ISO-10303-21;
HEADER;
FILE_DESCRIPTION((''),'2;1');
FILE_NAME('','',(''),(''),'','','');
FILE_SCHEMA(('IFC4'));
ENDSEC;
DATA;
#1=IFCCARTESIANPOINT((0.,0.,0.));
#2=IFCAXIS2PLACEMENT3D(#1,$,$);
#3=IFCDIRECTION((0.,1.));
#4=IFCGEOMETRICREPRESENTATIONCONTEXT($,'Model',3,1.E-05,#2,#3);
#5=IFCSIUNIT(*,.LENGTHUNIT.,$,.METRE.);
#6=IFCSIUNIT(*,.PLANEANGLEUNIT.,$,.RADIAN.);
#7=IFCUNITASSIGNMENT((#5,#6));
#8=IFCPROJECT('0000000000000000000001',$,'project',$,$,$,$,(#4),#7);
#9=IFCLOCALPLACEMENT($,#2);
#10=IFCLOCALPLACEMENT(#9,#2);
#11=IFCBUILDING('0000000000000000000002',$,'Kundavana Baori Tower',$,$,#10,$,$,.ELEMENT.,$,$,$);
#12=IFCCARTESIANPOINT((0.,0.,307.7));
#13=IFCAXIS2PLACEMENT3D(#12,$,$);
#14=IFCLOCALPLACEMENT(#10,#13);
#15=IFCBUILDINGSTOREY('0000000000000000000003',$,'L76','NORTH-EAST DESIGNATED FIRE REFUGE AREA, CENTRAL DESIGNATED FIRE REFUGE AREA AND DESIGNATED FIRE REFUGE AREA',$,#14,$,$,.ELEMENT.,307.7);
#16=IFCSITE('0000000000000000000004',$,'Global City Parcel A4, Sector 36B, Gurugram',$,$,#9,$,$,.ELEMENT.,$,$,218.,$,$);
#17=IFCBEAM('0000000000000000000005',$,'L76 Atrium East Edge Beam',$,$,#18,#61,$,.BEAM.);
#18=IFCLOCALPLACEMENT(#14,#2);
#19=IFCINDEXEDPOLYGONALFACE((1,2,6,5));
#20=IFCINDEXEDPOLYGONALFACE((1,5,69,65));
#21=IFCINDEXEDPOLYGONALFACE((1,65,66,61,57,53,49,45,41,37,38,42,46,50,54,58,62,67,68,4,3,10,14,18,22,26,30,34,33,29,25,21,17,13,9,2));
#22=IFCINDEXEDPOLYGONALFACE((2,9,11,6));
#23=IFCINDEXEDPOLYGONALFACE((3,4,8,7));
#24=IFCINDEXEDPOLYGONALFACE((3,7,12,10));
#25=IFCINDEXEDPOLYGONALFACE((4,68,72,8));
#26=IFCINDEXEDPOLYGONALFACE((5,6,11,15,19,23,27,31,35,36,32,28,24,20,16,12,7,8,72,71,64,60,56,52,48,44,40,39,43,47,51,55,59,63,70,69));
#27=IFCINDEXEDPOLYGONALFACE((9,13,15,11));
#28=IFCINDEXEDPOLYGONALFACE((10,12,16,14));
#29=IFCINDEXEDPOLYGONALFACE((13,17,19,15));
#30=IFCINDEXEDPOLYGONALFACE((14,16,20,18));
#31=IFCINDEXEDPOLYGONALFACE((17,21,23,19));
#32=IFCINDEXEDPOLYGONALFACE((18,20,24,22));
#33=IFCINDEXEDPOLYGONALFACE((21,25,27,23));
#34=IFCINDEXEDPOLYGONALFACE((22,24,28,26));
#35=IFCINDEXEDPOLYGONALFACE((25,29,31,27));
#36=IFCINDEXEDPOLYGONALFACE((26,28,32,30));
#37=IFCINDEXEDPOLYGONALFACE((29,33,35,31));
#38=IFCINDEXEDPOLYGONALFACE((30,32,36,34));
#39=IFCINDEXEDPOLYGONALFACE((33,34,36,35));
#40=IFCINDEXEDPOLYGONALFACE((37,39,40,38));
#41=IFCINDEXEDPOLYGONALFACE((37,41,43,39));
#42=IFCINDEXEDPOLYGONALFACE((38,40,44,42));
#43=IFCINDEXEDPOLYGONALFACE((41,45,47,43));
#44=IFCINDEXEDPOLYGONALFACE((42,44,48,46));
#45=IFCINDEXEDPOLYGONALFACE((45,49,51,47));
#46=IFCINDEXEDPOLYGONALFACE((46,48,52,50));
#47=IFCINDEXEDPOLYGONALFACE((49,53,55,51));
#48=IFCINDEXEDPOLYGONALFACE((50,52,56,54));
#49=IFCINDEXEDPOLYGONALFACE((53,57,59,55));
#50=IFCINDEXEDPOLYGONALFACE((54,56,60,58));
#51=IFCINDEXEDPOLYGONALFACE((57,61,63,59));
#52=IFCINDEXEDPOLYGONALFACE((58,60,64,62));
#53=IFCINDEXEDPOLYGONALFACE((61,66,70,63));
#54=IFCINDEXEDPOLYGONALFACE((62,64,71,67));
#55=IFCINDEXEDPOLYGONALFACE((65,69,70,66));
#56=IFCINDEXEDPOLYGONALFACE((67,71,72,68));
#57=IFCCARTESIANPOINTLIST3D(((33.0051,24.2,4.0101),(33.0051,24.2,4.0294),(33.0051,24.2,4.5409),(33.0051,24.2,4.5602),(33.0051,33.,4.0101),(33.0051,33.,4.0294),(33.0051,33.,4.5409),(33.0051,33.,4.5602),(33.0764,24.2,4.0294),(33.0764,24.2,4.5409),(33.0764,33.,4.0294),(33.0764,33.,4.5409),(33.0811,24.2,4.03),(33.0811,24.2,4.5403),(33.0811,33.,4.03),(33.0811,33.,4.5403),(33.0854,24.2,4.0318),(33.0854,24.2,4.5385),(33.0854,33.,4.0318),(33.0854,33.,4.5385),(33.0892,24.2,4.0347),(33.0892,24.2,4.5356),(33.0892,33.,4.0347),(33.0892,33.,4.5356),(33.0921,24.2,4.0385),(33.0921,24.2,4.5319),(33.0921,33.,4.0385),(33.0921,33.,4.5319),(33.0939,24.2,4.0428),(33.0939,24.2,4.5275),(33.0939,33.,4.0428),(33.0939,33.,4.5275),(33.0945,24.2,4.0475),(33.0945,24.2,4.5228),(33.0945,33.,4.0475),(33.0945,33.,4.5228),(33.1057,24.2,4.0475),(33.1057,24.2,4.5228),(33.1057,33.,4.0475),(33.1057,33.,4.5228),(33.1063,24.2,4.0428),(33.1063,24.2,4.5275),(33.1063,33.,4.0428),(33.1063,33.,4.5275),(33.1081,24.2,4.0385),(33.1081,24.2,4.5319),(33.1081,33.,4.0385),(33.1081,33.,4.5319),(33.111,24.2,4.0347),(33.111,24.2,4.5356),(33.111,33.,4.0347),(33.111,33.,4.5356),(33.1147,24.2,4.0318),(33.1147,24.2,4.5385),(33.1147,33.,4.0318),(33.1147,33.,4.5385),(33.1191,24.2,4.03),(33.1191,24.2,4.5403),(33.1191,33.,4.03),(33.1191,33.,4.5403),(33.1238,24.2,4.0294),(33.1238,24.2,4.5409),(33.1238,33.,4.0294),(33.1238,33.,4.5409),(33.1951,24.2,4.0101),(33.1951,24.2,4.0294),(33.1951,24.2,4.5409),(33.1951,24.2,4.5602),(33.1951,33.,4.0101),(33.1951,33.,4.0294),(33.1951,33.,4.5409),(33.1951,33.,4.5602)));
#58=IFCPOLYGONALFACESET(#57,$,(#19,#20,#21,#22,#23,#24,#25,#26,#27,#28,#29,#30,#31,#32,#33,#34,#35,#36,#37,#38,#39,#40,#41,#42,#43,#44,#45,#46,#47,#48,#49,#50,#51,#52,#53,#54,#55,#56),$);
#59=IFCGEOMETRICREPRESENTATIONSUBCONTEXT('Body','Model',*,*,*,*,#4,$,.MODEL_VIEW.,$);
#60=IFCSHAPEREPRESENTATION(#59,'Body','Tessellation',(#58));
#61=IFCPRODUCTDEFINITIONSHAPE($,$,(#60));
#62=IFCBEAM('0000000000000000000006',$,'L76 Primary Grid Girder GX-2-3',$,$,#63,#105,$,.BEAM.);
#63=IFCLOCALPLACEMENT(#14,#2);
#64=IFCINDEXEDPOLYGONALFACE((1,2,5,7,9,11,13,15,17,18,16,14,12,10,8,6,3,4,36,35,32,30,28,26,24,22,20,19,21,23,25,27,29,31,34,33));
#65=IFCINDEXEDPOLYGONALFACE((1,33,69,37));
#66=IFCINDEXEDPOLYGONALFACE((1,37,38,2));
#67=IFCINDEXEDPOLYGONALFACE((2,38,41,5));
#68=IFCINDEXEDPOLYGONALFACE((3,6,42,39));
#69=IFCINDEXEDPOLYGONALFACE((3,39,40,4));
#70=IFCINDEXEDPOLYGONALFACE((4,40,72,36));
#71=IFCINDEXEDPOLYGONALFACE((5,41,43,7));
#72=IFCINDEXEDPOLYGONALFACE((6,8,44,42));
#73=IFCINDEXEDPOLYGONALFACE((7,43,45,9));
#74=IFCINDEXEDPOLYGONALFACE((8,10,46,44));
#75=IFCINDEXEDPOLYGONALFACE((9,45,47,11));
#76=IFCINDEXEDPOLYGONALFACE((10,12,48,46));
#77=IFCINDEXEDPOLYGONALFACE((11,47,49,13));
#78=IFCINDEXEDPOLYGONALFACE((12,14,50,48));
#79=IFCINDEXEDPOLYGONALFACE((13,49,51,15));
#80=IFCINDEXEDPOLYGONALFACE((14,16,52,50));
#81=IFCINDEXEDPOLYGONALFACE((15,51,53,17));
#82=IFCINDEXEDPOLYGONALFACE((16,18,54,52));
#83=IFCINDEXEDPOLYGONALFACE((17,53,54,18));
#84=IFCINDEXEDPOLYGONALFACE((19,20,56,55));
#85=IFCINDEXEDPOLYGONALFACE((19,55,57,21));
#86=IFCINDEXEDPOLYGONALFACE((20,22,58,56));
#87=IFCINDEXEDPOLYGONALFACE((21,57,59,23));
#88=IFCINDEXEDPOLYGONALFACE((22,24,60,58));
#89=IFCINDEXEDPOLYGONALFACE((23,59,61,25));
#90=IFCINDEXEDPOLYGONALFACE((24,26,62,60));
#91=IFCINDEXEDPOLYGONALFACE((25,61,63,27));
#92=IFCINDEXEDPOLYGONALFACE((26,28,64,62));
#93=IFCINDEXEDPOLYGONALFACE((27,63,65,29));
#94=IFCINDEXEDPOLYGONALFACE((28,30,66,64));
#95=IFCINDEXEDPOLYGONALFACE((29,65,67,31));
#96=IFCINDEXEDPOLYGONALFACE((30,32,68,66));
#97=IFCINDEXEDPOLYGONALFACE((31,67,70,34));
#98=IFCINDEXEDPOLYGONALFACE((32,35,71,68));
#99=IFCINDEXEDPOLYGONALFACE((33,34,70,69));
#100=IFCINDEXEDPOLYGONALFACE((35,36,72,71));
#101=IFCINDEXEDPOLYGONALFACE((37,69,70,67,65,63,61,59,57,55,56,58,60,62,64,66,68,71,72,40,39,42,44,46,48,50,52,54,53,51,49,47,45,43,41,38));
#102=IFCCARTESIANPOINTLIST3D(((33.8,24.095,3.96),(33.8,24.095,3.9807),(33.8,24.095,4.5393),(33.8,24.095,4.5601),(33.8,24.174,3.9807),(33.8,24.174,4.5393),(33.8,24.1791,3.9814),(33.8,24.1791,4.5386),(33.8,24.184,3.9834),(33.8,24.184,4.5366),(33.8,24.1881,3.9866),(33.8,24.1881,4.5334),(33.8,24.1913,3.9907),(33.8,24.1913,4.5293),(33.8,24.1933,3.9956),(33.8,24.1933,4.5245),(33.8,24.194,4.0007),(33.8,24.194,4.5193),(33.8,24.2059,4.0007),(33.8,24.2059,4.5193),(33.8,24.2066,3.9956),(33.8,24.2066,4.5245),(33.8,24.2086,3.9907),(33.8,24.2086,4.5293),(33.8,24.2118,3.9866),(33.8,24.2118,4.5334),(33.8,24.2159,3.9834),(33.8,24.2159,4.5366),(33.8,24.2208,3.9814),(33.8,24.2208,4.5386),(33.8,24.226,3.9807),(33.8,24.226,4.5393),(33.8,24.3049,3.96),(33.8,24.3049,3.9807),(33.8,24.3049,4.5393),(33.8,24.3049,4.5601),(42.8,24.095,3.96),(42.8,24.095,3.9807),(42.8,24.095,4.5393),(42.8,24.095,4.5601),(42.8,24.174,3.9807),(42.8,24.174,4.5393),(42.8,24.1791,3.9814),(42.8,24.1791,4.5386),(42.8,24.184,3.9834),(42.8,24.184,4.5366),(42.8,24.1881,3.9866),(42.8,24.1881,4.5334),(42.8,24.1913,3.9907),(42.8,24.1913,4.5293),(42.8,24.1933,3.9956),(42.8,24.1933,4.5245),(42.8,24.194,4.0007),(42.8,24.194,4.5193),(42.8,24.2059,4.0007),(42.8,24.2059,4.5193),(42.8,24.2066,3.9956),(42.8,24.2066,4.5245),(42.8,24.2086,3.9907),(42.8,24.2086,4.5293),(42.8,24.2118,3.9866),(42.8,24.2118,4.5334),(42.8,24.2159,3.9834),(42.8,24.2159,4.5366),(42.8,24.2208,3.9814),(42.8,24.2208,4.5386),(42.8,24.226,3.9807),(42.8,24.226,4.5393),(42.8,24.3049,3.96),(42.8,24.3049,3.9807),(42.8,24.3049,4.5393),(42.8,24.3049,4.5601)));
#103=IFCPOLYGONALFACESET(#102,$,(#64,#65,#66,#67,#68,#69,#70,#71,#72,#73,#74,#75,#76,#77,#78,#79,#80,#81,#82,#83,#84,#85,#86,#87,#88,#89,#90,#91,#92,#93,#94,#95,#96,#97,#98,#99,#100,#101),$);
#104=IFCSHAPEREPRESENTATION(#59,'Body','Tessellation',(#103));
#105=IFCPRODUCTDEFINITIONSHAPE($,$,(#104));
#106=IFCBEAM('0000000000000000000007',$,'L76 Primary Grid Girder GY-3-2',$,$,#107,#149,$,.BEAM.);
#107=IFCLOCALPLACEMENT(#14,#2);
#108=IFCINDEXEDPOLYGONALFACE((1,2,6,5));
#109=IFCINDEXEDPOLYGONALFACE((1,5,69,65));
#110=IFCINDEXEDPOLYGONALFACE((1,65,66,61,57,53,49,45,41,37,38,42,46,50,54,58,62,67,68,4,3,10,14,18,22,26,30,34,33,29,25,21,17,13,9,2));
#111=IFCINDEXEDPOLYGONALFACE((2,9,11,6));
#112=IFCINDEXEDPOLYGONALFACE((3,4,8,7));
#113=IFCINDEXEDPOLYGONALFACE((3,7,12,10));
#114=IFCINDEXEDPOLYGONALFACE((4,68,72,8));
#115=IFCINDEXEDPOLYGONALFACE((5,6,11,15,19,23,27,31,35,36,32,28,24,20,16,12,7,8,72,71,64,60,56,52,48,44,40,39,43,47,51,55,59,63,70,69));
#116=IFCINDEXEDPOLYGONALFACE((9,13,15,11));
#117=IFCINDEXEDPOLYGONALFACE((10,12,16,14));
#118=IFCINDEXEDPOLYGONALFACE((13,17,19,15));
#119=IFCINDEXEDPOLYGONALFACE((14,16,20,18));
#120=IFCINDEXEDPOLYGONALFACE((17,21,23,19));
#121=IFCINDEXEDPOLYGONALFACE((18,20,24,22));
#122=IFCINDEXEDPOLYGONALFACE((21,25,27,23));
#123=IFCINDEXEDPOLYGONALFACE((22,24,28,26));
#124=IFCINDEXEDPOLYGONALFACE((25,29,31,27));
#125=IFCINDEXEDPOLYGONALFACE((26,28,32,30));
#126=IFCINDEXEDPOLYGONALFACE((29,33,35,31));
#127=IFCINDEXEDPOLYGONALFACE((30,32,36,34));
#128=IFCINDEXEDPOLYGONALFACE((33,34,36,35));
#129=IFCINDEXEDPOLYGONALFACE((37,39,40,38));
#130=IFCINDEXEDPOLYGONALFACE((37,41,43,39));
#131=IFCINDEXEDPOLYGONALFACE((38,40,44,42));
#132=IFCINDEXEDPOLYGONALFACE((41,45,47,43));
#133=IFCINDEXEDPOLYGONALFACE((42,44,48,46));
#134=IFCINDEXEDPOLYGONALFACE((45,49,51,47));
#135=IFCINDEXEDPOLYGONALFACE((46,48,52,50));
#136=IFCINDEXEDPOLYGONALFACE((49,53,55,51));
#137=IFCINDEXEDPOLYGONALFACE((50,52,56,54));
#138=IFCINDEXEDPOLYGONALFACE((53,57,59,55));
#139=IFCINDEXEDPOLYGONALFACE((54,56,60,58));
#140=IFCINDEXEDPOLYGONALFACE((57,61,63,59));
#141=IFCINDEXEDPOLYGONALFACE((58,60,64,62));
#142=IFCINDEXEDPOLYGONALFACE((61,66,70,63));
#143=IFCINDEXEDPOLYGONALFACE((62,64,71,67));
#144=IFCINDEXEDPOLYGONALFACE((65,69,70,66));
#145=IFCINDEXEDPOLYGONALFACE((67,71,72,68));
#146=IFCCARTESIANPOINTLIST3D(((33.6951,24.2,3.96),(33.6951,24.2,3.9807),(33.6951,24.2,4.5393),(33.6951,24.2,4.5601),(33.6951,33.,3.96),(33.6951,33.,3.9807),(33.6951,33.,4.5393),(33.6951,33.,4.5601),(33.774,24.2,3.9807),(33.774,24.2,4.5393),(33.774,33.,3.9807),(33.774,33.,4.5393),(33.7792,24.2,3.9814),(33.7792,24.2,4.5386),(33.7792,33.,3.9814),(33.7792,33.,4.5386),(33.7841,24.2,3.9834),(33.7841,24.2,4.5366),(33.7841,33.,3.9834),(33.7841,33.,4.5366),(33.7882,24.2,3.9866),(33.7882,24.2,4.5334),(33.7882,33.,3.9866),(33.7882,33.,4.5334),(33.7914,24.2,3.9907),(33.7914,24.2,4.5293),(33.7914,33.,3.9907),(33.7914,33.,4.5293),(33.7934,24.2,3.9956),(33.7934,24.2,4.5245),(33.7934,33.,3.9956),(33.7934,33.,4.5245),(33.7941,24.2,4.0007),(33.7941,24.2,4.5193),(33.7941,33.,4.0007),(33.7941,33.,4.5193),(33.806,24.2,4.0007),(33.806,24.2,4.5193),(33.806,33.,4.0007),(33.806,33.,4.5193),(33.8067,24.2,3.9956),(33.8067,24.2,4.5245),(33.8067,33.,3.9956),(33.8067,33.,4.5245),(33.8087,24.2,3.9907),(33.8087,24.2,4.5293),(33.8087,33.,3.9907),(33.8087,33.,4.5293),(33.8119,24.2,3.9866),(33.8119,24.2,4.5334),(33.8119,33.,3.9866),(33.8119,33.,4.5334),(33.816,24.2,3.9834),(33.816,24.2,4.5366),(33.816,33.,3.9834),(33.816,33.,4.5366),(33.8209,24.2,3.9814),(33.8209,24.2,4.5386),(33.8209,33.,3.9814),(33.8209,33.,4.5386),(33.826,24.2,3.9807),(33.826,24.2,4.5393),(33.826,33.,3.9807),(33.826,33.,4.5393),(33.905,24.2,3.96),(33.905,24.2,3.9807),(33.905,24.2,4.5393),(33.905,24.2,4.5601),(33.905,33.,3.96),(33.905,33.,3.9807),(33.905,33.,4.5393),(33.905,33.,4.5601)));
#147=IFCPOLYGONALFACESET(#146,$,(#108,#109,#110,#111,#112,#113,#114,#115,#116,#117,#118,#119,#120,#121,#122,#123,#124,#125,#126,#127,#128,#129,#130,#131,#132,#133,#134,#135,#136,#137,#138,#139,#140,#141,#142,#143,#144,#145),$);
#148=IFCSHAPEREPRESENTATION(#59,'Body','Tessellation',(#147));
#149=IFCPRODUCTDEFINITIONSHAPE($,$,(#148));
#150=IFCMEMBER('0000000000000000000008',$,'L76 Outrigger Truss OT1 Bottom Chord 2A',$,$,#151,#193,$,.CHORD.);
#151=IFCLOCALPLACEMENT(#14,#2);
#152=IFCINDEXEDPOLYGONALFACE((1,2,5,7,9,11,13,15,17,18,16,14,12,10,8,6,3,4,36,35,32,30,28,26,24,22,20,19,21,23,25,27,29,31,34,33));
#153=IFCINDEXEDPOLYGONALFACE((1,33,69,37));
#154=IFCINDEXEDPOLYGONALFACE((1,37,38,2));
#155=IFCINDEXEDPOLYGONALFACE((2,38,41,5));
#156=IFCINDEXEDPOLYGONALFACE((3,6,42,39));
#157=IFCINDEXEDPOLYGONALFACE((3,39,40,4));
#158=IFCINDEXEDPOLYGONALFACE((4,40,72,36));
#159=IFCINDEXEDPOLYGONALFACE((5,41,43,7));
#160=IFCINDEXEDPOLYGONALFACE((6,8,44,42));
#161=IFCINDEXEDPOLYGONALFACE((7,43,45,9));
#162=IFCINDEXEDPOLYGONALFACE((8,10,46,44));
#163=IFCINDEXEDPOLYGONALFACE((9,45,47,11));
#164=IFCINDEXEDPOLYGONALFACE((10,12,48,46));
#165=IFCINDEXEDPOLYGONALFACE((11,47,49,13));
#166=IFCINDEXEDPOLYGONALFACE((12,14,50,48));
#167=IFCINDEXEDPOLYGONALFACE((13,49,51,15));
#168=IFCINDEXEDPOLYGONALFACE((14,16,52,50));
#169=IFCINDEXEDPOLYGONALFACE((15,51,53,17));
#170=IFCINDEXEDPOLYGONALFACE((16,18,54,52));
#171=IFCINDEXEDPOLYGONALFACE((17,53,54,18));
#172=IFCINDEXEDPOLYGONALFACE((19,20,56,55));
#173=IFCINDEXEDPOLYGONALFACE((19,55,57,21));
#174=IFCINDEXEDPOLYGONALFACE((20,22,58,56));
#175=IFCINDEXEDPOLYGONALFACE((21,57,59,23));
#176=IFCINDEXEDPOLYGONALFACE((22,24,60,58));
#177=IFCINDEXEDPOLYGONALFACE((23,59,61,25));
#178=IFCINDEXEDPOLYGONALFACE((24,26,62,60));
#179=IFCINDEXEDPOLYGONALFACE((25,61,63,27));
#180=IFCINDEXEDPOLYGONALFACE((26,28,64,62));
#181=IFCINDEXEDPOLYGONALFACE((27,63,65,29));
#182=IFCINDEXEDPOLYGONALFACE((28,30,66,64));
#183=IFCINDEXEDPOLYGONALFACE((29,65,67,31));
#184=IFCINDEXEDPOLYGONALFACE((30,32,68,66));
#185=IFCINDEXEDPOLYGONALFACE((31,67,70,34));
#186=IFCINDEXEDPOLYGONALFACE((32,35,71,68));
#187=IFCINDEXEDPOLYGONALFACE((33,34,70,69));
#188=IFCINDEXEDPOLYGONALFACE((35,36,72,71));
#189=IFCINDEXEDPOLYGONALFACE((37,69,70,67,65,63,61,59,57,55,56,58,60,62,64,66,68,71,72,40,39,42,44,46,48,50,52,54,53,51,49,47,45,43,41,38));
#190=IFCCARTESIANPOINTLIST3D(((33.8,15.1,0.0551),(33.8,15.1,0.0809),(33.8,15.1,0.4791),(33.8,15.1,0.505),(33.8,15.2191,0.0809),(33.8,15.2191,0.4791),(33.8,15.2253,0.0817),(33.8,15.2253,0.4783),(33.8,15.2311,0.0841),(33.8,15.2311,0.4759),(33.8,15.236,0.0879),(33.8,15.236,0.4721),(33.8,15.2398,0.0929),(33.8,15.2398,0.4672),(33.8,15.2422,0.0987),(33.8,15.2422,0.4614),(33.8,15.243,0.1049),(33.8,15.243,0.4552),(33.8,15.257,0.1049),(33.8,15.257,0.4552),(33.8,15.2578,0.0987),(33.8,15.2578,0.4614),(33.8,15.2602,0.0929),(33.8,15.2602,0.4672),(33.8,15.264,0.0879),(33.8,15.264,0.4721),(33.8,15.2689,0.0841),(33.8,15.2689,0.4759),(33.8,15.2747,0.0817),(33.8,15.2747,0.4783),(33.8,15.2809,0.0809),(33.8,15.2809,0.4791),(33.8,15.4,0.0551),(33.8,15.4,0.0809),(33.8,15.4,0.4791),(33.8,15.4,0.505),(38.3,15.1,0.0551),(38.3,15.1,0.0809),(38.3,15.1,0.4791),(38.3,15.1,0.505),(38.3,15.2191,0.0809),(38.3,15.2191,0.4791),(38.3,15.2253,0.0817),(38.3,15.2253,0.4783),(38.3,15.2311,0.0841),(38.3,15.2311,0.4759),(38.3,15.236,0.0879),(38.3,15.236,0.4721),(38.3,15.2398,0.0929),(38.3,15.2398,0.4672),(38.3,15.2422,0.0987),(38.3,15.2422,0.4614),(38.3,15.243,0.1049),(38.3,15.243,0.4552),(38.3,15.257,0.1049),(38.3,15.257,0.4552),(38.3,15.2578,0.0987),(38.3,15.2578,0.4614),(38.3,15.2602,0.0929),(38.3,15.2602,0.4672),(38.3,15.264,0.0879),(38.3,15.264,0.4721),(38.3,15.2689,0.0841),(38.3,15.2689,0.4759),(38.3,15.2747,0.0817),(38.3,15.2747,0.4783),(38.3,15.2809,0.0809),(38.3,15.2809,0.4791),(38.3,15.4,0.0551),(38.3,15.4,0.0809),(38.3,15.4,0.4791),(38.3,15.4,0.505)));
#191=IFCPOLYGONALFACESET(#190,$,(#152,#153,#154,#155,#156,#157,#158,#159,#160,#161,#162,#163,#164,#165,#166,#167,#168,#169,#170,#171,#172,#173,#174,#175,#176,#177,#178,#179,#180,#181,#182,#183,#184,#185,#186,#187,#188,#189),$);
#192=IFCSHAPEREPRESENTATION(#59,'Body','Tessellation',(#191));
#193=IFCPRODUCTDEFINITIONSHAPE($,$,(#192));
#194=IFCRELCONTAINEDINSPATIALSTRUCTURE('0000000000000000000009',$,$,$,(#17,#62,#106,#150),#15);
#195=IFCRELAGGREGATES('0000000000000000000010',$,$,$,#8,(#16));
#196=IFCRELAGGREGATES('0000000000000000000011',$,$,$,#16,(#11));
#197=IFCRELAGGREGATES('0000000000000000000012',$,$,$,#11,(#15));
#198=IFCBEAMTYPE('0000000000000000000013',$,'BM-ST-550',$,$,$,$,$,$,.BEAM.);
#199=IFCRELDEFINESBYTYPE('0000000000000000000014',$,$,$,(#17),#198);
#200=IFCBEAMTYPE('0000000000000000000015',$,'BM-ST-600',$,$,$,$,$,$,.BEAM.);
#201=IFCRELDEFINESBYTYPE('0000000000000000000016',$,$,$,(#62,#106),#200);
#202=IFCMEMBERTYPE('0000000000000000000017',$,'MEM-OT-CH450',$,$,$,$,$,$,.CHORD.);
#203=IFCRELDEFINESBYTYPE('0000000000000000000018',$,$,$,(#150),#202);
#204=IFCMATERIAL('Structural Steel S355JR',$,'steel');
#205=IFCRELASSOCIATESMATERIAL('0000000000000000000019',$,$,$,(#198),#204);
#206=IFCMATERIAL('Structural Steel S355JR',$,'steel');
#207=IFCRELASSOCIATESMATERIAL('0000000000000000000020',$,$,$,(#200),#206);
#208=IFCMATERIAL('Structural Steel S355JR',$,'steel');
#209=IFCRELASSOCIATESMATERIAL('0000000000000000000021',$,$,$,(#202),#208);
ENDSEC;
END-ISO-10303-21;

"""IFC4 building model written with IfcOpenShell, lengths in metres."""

from ifc_helpers import new_model, si_unit, direction, frame, origin, origin_2d, place, context, subcontext, project, spatial, i_section, extrude, material, material_profile, profile_set, type_object, element, save


model = new_model("IFC4")

# Units and contexts
model_context = context("Model", 3, precision=1e-05, world=origin(), true_north=direction((0.0, 1.0)))
body_context = subcontext(model_context, "Body", "Model", "MODEL_VIEW")
ifc_project = project(units=[si_unit("LENGTHUNIT", "METRE"), si_unit("PLANEANGLEUNIT", "RADIAN")], contexts=[model_context])

# Site, building, storey
site_placement = place(None, origin())
site = spatial("IfcSite", under=ifc_project, at=site_placement, Name="Global City Parcel A4, Sector 36B, Gurugram", CompositionType="ELEMENT", RefElevation=218.0)
building_placement = place(site_placement, origin())
building = spatial("IfcBuilding", under=site, at=building_placement, Name="Kundavana Baori Tower", CompositionType="ELEMENT")
storey_placement = place(building_placement, frame((0.0, 0.0, 307.7)))
storey = spatial("IfcBuildingStorey", under=building, at=storey_placement, Name="L76", Description="NORTH-EAST DESIGNATED FIRE REFUGE AREA, CENTRAL DESIGNATED FIRE REFUGE AREA AND DESIGNATED FIRE REFUGE AREA", CompositionType="ELEMENT", Elevation=307.7)

# Beams
ifc_material_1 = material(Name="Structural Steel S355JR", Category="steel")
ifc_material_profile_1 = material_profile(ifc_material_1, i_section(OverallWidth=0.1899, OverallDepth=0.55, WebThickness=0.0112, FlangeThickness=0.0193, FilletRadius=0.0181, at=origin_2d()), Name="ISMB 550")
ifc_profile_set_1 = profile_set([ifc_material_profile_1], Name="Structural Steel S355JR")
beam_type_1 = type_object("IfcBeamType", Name="BM-ST-550", PredefinedType="BEAM", material=ifc_profile_set_1)
for number, where, z_axis, x_axis, name in (
    (1, (33.1001, 24.2, 4.2852), (0.0, 1.0, 0.0), (-1.0, 0.0, 0.0), "L76 Atrium East Edge Beam"),
):
    element("IfcBeam", number, at=place(storey_placement, frame(where, z_axis=z_axis, x_axis=x_axis)), inside=storey, type_object=beam_type_1, Name=name, PredefinedType="BEAM", context=body_context, shape_type="SweptSolid", body=[
        extrude(i_section(OverallWidth=0.1899, OverallDepth=0.55, WebThickness=0.0112, FlangeThickness=0.0193, FilletRadius=0.0181, at=origin_2d()), origin(), (0.0, 0.0, 1.0), 8.8),
    ])
ifc_material_2 = material(Name="Structural Steel S355JR", Category="steel")
ifc_material_profile_2 = material_profile(ifc_material_2, i_section(OverallWidth=0.21, OverallDepth=0.6001, WebThickness=0.012, FlangeThickness=0.0208, FilletRadius=0.02, at=origin_2d()), Name="ISMB 600")
ifc_profile_set_2 = profile_set([ifc_material_profile_2], Name="Structural Steel S355JR")
beam_type_2 = type_object("IfcBeamType", Name="BM-ST-600", PredefinedType="BEAM", material=ifc_profile_set_2)
beam_1_placement = place(storey_placement, frame((33.8, 24.2, 4.26), z_axis=(1.0, 0.0, 0.0), x_axis=(0.0, 1.0, 0.0)))
element("IfcBeam", 2, at=beam_1_placement, inside=storey, type_object=beam_type_2, Name="L76 Primary Grid Girder GX-2-3", PredefinedType="BEAM", context=body_context, shape_type="SweptSolid", body=[
    extrude(i_section(OverallWidth=0.21, OverallDepth=0.6001, WebThickness=0.012, FlangeThickness=0.0208, FilletRadius=0.02, at=origin_2d()), origin(), (0.0, 0.0, 1.0), 9.0),
])
beam_2_placement = place(storey_placement, frame((33.8, 24.2, 4.26), z_axis=(0.0, 1.0, 0.0), x_axis=(-1.0, 0.0, 0.0)))
element("IfcBeam", 3, at=beam_2_placement, inside=storey, type_object=beam_type_2, Name="L76 Primary Grid Girder GY-3-2", PredefinedType="BEAM", context=body_context, shape_type="SweptSolid", body=[
    extrude(i_section(OverallWidth=0.21, OverallDepth=0.6001, WebThickness=0.012, FlangeThickness=0.0208, FilletRadius=0.02, at=origin_2d()), origin(), (0.0, 0.0, 1.0), 8.8),
])

# Member
ifc_material_3 = material(Name="Structural Steel S355JR", Category="steel")
ifc_material_profile_3 = material_profile(ifc_material_3, i_section(OverallWidth=0.3, OverallDepth=0.45, WebThickness=0.0139, FlangeThickness=0.0259, FilletRadius=0.0239, at=origin_2d()), Name="WPB 450x300x142")
ifc_profile_set_3 = profile_set([ifc_material_profile_3], Name="Structural Steel S355JR")
member_type_1 = type_object("IfcMemberType", Name="MEM-OT-CH450", PredefinedType="CHORD", material=ifc_profile_set_3)
for number, where, z_axis, x_axis, name in (
    (4, (33.8, 15.25, 0.28), (1.0, 0.0, 0.0), (0.0, 1.0, 0.0), "L76 Outrigger Truss OT1 Bottom Chord 2A"),
):
    element("IfcMember", number, at=place(storey_placement, frame(where, z_axis=z_axis, x_axis=x_axis)), inside=storey, type_object=member_type_1, Name=name, PredefinedType="CHORD", context=body_context, shape_type="SweptSolid", body=[
        extrude(i_section(OverallWidth=0.3, OverallDepth=0.45, WebThickness=0.0139, FlangeThickness=0.0259, FilletRadius=0.0239, at=origin_2d()), origin(), (0.0, 0.0, 1.0), 4.5),
    ])

save(model, "model.ifc")
